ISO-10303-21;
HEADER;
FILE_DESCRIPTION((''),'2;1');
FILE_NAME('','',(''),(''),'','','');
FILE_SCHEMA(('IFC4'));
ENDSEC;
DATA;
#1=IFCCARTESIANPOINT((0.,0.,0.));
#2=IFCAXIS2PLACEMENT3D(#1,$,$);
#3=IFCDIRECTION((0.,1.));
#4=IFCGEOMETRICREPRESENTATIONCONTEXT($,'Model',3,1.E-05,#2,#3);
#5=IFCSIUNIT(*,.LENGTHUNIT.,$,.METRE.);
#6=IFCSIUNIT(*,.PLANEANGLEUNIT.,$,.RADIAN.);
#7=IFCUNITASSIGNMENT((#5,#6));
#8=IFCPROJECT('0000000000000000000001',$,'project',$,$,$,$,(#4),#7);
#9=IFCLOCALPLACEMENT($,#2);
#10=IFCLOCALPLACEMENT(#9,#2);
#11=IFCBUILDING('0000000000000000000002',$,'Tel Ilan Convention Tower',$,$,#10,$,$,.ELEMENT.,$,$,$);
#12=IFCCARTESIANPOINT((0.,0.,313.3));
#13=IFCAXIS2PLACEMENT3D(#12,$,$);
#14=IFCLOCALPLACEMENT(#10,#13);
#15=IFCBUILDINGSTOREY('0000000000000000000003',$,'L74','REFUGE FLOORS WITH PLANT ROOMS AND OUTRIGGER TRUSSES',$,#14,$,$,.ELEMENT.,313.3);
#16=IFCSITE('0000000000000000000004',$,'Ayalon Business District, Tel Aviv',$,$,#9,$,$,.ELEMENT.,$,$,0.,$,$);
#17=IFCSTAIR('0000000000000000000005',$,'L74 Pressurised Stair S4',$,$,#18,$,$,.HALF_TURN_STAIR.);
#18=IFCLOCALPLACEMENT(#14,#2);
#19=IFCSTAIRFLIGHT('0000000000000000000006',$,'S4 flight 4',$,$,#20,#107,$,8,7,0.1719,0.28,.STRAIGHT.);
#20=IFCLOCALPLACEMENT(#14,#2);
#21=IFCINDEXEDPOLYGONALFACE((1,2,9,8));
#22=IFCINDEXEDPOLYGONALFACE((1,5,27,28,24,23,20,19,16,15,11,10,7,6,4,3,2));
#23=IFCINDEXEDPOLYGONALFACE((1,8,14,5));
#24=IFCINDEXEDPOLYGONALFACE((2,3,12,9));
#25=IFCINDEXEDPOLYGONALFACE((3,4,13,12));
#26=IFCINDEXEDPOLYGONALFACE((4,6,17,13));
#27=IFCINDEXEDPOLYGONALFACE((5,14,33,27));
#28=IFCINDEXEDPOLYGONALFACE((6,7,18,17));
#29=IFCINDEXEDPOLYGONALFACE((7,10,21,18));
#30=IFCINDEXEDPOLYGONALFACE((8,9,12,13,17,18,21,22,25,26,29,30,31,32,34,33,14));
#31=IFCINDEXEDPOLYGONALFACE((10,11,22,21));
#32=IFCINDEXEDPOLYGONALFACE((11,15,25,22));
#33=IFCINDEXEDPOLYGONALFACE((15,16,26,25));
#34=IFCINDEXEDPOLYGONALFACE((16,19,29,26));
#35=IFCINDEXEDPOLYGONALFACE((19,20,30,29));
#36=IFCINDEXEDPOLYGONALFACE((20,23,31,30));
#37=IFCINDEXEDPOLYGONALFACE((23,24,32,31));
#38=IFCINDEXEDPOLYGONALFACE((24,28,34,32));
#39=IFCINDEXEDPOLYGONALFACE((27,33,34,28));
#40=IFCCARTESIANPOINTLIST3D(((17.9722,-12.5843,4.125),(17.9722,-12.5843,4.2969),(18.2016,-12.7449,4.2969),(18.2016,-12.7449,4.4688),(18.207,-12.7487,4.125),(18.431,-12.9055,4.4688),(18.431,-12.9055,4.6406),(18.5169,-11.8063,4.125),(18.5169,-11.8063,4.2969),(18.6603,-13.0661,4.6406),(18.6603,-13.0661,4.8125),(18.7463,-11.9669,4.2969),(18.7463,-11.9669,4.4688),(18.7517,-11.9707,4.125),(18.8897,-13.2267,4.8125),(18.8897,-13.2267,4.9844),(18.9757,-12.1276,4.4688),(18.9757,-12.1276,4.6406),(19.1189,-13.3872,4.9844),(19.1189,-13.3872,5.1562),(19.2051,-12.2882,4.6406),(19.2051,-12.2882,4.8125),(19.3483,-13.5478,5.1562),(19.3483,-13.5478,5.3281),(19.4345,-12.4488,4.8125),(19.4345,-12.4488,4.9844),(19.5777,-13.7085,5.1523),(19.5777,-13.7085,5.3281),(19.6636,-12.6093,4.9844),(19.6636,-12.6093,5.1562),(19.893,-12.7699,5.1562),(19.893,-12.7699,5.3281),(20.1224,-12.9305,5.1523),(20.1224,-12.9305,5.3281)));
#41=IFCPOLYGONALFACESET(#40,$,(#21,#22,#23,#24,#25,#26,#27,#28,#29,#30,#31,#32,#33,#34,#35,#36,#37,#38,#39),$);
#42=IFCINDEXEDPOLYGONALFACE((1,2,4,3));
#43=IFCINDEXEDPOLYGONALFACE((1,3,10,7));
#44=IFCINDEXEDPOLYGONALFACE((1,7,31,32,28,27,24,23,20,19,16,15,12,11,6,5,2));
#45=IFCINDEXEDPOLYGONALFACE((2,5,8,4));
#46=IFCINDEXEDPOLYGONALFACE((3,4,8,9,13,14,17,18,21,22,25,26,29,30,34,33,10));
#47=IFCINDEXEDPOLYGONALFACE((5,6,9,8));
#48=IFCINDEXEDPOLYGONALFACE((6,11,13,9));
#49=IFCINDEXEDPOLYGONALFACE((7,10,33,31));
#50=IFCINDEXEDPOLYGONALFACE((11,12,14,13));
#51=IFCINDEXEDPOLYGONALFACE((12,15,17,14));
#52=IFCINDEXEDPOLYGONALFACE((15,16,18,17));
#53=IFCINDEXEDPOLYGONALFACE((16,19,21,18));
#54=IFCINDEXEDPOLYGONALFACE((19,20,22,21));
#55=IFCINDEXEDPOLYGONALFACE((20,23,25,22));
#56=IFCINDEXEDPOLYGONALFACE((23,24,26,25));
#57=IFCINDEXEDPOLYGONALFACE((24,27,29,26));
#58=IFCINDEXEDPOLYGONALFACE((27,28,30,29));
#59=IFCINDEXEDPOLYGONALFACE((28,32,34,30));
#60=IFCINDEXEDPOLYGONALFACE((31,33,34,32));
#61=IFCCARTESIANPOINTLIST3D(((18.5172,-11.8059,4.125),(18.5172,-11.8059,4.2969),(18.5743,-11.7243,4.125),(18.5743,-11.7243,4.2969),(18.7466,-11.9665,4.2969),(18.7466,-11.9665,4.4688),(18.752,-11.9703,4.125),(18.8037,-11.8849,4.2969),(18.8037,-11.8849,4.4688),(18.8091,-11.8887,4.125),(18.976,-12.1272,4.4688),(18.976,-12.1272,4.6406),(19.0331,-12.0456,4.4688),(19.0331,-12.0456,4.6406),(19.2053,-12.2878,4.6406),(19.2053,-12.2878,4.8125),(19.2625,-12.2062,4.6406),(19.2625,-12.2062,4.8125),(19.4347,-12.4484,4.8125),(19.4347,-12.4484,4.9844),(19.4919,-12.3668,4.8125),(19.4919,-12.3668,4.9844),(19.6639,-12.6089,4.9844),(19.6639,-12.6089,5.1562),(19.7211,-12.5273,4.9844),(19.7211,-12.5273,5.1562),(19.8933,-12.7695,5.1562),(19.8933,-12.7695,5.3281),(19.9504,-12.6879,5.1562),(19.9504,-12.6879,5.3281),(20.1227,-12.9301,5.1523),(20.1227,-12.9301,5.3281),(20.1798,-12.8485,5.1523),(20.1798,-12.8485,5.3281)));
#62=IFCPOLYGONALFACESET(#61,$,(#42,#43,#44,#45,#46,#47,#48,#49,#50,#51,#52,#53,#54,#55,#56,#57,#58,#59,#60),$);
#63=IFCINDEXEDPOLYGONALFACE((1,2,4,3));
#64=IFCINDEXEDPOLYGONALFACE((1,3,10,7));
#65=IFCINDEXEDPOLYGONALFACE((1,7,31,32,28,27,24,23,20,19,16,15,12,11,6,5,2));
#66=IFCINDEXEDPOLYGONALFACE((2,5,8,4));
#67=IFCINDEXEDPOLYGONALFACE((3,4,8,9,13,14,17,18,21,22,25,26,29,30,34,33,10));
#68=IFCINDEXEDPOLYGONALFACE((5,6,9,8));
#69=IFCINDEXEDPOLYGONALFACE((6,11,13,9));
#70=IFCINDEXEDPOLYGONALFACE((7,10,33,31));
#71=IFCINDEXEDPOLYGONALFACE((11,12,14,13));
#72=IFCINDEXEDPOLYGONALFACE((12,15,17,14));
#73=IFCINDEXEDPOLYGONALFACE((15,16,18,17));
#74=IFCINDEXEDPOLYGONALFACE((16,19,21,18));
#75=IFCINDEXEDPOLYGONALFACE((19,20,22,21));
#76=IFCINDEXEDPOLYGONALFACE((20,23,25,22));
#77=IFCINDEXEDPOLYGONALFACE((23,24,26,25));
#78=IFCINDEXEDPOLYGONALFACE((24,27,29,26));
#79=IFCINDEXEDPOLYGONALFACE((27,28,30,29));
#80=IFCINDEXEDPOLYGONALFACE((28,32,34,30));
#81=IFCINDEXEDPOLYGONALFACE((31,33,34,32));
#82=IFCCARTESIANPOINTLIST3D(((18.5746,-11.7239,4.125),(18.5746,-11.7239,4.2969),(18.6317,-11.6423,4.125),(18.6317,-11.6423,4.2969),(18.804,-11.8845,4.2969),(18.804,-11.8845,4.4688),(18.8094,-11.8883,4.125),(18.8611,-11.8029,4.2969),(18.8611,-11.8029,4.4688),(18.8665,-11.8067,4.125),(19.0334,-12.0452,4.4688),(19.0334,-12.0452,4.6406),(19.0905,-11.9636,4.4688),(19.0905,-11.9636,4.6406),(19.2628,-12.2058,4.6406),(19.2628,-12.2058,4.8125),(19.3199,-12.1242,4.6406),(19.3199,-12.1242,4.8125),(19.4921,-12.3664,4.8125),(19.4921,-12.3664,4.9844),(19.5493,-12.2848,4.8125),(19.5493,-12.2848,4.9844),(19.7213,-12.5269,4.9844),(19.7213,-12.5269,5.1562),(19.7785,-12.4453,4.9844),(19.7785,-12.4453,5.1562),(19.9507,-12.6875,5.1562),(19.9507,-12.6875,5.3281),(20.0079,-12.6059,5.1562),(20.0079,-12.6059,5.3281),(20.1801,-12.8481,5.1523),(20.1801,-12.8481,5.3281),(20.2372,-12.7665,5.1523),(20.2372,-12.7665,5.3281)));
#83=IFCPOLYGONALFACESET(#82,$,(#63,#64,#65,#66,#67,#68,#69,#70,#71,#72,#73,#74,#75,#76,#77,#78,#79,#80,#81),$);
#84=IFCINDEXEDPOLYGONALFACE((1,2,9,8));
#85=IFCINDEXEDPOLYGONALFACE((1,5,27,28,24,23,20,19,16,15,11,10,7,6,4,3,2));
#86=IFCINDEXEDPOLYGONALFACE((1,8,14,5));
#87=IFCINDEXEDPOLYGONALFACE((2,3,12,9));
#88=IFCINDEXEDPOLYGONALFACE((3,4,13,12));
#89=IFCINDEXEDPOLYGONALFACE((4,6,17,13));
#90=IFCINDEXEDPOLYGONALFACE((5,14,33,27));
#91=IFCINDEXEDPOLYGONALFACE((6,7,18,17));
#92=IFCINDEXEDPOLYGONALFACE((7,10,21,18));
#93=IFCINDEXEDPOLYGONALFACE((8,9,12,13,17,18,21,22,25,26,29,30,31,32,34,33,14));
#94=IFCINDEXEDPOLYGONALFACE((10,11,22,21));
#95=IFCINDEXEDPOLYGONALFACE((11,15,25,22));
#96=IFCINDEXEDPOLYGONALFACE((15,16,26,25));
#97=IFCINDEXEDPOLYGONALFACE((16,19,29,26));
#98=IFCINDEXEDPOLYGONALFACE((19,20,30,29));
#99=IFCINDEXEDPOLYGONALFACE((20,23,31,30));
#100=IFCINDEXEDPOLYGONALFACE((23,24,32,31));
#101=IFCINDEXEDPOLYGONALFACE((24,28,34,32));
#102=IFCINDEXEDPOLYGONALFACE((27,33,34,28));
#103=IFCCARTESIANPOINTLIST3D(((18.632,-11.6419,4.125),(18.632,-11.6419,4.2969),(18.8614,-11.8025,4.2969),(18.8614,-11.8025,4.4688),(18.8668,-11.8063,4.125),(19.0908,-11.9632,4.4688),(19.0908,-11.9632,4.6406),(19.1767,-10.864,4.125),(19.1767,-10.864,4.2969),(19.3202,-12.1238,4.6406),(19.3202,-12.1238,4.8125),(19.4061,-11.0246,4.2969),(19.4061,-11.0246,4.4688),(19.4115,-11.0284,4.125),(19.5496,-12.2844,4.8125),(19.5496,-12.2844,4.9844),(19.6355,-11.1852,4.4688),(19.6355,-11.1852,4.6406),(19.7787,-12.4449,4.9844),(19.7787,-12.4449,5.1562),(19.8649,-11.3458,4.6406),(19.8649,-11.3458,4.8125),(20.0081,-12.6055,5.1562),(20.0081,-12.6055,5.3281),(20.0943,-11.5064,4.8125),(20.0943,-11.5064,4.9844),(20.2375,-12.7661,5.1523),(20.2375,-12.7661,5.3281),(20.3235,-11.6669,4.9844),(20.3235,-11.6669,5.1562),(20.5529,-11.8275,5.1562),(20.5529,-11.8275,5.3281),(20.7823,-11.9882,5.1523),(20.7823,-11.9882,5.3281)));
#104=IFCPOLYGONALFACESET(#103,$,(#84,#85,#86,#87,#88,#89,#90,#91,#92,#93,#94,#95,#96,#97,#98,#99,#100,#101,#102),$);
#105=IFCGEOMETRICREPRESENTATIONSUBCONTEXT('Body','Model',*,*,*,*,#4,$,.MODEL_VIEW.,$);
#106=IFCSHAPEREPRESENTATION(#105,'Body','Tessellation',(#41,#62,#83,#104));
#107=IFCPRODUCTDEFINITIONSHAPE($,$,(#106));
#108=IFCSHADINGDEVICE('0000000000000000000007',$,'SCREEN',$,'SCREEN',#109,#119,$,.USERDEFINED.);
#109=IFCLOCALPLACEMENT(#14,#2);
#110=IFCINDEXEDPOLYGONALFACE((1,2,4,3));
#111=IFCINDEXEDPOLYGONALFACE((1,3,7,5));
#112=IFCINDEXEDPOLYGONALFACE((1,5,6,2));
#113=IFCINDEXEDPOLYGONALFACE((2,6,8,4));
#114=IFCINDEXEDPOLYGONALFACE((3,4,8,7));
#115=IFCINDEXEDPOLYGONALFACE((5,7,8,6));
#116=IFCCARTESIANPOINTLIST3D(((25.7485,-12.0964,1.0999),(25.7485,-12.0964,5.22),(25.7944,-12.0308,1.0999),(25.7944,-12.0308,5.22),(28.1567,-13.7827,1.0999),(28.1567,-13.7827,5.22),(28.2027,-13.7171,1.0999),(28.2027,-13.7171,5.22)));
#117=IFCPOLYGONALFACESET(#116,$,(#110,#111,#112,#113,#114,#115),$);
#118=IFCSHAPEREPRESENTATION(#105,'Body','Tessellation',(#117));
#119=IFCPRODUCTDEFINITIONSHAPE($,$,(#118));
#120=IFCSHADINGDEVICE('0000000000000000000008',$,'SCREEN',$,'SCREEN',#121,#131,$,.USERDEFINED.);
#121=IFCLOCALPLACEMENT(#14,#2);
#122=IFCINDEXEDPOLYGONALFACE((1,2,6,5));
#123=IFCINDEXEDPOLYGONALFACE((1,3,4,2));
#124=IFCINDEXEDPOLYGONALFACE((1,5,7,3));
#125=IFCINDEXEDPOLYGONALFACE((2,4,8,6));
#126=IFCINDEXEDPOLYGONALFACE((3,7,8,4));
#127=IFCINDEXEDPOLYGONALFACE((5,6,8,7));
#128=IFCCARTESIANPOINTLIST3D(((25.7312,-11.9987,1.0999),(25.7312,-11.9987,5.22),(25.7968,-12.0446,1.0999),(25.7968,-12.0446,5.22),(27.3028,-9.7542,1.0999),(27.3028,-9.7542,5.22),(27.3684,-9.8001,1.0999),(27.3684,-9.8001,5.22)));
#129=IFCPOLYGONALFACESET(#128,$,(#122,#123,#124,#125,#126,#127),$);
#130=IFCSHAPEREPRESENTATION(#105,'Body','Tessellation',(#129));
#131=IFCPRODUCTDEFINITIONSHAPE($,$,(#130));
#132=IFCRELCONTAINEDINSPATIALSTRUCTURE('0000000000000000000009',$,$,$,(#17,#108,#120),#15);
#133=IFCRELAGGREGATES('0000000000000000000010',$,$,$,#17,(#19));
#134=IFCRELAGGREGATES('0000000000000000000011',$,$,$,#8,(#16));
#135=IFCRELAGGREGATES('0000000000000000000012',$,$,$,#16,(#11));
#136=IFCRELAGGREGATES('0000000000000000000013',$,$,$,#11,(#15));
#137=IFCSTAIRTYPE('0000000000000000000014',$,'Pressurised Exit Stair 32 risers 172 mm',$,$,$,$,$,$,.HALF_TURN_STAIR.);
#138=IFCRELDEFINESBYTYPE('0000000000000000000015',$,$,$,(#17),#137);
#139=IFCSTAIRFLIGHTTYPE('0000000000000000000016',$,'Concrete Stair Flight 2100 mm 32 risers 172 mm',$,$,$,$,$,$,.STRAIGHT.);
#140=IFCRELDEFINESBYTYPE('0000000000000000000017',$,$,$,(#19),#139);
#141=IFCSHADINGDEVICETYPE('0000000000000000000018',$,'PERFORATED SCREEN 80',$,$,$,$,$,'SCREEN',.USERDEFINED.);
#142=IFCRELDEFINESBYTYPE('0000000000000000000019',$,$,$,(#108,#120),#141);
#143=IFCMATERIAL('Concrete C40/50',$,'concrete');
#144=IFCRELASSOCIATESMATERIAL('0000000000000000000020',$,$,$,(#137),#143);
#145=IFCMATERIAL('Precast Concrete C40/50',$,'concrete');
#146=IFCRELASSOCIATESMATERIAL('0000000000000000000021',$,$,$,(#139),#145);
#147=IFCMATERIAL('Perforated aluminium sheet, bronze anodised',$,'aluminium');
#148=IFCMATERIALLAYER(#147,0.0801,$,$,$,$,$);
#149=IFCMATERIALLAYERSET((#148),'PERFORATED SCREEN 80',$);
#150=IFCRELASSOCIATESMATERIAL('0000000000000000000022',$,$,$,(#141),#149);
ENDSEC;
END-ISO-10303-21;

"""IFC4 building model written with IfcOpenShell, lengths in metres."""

from ifc_helpers import new_model, si_unit, direction, frame, origin, origin_2d, place, context, subcontext, project, spatial, polyline, rectangle, outline, extrude, material, layer, layer_set, type_object, element, aggregate, save


model = new_model("IFC4")

# Units and contexts
model_context = context("Model", 3, precision=1e-05, world=origin(), true_north=direction((0.0, 1.0)))
body_context = subcontext(model_context, "Body", "Model", "MODEL_VIEW")
ifc_project = project(units=[si_unit("LENGTHUNIT", "METRE"), si_unit("PLANEANGLEUNIT", "RADIAN")], contexts=[model_context])

# Site, building, storey
site_placement = place(None, origin())
site = spatial("IfcSite", under=ifc_project, at=site_placement, Name="Ayalon Business District, Tel Aviv", CompositionType="ELEMENT", RefElevation=0.0)
building_placement = place(site_placement, origin())
building = spatial("IfcBuilding", under=site, at=building_placement, Name="Tel Ilan Convention Tower", CompositionType="ELEMENT")
storey_placement = place(building_placement, frame((0.0, 0.0, 313.3)))
storey = spatial("IfcBuildingStorey", under=building, at=storey_placement, Name="L74", Description="REFUGE FLOORS WITH PLANT ROOMS AND OUTRIGGER TRUSSES", CompositionType="ELEMENT", Elevation=313.3)

# Stair, stair flight
ifc_material_1 = material(Name="Concrete C40/50", Category="concrete")
stair_type = type_object("IfcStairType", Name="Pressurised Exit Stair 32 risers 172 mm", PredefinedType="HALF_TURN_STAIR", material=ifc_material_1)
stair_placement = place(storey_placement, origin())
stair = element("IfcStair", 1, at=stair_placement, inside=storey, type_object=stair_type, Name="L74 Pressurised Stair S4", PredefinedType="HALF_TURN_STAIR")
ifc_material_2 = material(Name="Precast Concrete C40/50", Category="concrete")
stair_flight_type = type_object("IfcStairFlightType", Name="Concrete Stair Flight 2100 mm 32 risers 172 mm", PredefinedType="STRAIGHT", material=ifc_material_2)
stair_flight_1_placement = place(storey_placement, frame((18.5745, -11.7241, 4.125), z_axis=(0.0, 0.0, 1.0), x_axis=(0.819152, -0.573576, 0.0)))
stair_flight_1 = element("IfcStairFlight", 2, at=stair_flight_1_placement, type_object=stair_flight_type, Name="S4 flight 4", NumberOfRisers=8, NumberOfTreads=7, PredefinedType="STRAIGHT", RiserHeight=0.1719, TreadLength=0.28, context=body_context, shape_type="SweptSolid", body=[
    extrude(outline(polyline([(0.0, 0.0), (0.0, 0.1719), (0.28, 0.1719), (0.28, 0.3438), (0.5601, 0.3438), (0.5601, 0.5156), (0.8401, 0.5156), (0.8401, 0.6875), (1.1201, 0.6875), (1.1201, 0.8594), (1.3999, 0.8594), (1.3999, 1.0312), (1.6799, 1.0312), (1.6799, 1.2031), (1.96, 1.2031), (1.96, 1.375), (1.96, 1.0273), (0.2866, 0.0), (0.0, 0.0)])), frame((0.0, -0.1003, 0.0), z_axis=(0.0, -1.0, 0.0), x_axis=(1.0, 0.0, 0.0)), (0.0, 0.0, 1.0), 0.9497),
    extrude(outline(polyline([(0.0, 0.0), (0.0, 0.1719), (0.28, 0.1719), (0.28, 0.3438), (0.5601, 0.3438), (0.5601, 0.5156), (0.8401, 0.5156), (0.8401, 0.6875), (1.1201, 0.6875), (1.1201, 0.8594), (1.3999, 0.8594), (1.3999, 1.0312), (1.6799, 1.0312), (1.6799, 1.2031), (1.96, 1.2031), (1.96, 1.375), (1.96, 1.0273), (0.2866, 0.0), (0.0, 0.0)])), frame((0.0, -0.0002, 0.0), z_axis=(0.0, -1.0, 0.0), x_axis=(1.0, 0.0, 0.0)), (0.0, 0.0, 1.0), 0.0996),
    extrude(outline(polyline([(0.0, 0.0), (0.0, 0.1719), (0.28, 0.1719), (0.28, 0.3438), (0.5601, 0.3438), (0.5601, 0.5156), (0.8401, 0.5156), (0.8401, 0.6875), (1.1201, 0.6875), (1.1201, 0.8594), (1.3999, 0.8594), (1.3999, 1.0312), (1.6799, 1.0312), (1.6799, 1.2031), (1.96, 1.2031), (1.96, 1.375), (1.96, 1.0273), (0.2866, 0.0), (0.0, 0.0)])), frame((0.0, 0.0999, 0.0), z_axis=(0.0, -1.0, 0.0), x_axis=(1.0, 0.0, 0.0)), (0.0, 0.0, 1.0), 0.0996),
    extrude(outline(polyline([(0.0, 0.0), (0.0, 0.1719), (0.28, 0.1719), (0.28, 0.3438), (0.5601, 0.3438), (0.5601, 0.5156), (0.8401, 0.5156), (0.8401, 0.6875), (1.1201, 0.6875), (1.1201, 0.8594), (1.3999, 0.8594), (1.3999, 1.0312), (1.6799, 1.0312), (1.6799, 1.2031), (1.96, 1.2031), (1.96, 1.375), (1.96, 1.0273), (0.2866, 0.0), (0.0, 0.0)])), frame((0.0, 1.05, 0.0), z_axis=(0.0, -1.0, 0.0), x_axis=(1.0, 0.0, 0.0)), (0.0, 0.0, 1.0), 0.9497),
])
aggregate(stair, [stair_flight_1])

# Shading devices
ifc_material_3 = material(Name="Perforated aluminium sheet, bronze anodised", Category="aluminium")
ifc_layer_1 = layer(ifc_material_3, 0.0801)
ifc_layer_set_1 = layer_set([ifc_layer_1], Name="PERFORATED SCREEN 80")
shading_device_type_1 = type_object("IfcShadingDeviceType", Name="PERFORATED SCREEN 80", ElementType="SCREEN", PredefinedType="USERDEFINED", material=ifc_layer_set_1)
shading_device_1_placement = place(storey_placement, frame((26.9756, -12.9067, 1.0999), z_axis=(0.0, 0.0, 1.0), x_axis=(-0.819152, 0.573576, 0.0)))
element("IfcShadingDevice", 3, at=shading_device_1_placement, inside=storey, type_object=shading_device_type_1, Name="SCREEN", ObjectType="SCREEN", PredefinedType="USERDEFINED", context=body_context, shape_type="SweptSolid", body=[
    extrude(rectangle(XDim=2.9399, YDim=0.0801, at=origin_2d()), origin(), (0.0, 0.0, 1.0), 4.1201),
])
shading_device_2_placement = place(storey_placement, frame((26.5498, -10.8994, 1.0999), z_axis=(0.0, 0.0, 1.0), x_axis=(0.573576, 0.819152, 0.0)))
element("IfcShadingDevice", 4, at=shading_device_2_placement, inside=storey, type_object=shading_device_type_1, Name="SCREEN", ObjectType="SCREEN", PredefinedType="USERDEFINED", context=body_context, shape_type="SweptSolid", body=[
    extrude(rectangle(XDim=2.74, YDim=0.0801, at=origin_2d()), origin(), (0.0, 0.0, 1.0), 4.1201),
])

save(model, "model.ifc")
